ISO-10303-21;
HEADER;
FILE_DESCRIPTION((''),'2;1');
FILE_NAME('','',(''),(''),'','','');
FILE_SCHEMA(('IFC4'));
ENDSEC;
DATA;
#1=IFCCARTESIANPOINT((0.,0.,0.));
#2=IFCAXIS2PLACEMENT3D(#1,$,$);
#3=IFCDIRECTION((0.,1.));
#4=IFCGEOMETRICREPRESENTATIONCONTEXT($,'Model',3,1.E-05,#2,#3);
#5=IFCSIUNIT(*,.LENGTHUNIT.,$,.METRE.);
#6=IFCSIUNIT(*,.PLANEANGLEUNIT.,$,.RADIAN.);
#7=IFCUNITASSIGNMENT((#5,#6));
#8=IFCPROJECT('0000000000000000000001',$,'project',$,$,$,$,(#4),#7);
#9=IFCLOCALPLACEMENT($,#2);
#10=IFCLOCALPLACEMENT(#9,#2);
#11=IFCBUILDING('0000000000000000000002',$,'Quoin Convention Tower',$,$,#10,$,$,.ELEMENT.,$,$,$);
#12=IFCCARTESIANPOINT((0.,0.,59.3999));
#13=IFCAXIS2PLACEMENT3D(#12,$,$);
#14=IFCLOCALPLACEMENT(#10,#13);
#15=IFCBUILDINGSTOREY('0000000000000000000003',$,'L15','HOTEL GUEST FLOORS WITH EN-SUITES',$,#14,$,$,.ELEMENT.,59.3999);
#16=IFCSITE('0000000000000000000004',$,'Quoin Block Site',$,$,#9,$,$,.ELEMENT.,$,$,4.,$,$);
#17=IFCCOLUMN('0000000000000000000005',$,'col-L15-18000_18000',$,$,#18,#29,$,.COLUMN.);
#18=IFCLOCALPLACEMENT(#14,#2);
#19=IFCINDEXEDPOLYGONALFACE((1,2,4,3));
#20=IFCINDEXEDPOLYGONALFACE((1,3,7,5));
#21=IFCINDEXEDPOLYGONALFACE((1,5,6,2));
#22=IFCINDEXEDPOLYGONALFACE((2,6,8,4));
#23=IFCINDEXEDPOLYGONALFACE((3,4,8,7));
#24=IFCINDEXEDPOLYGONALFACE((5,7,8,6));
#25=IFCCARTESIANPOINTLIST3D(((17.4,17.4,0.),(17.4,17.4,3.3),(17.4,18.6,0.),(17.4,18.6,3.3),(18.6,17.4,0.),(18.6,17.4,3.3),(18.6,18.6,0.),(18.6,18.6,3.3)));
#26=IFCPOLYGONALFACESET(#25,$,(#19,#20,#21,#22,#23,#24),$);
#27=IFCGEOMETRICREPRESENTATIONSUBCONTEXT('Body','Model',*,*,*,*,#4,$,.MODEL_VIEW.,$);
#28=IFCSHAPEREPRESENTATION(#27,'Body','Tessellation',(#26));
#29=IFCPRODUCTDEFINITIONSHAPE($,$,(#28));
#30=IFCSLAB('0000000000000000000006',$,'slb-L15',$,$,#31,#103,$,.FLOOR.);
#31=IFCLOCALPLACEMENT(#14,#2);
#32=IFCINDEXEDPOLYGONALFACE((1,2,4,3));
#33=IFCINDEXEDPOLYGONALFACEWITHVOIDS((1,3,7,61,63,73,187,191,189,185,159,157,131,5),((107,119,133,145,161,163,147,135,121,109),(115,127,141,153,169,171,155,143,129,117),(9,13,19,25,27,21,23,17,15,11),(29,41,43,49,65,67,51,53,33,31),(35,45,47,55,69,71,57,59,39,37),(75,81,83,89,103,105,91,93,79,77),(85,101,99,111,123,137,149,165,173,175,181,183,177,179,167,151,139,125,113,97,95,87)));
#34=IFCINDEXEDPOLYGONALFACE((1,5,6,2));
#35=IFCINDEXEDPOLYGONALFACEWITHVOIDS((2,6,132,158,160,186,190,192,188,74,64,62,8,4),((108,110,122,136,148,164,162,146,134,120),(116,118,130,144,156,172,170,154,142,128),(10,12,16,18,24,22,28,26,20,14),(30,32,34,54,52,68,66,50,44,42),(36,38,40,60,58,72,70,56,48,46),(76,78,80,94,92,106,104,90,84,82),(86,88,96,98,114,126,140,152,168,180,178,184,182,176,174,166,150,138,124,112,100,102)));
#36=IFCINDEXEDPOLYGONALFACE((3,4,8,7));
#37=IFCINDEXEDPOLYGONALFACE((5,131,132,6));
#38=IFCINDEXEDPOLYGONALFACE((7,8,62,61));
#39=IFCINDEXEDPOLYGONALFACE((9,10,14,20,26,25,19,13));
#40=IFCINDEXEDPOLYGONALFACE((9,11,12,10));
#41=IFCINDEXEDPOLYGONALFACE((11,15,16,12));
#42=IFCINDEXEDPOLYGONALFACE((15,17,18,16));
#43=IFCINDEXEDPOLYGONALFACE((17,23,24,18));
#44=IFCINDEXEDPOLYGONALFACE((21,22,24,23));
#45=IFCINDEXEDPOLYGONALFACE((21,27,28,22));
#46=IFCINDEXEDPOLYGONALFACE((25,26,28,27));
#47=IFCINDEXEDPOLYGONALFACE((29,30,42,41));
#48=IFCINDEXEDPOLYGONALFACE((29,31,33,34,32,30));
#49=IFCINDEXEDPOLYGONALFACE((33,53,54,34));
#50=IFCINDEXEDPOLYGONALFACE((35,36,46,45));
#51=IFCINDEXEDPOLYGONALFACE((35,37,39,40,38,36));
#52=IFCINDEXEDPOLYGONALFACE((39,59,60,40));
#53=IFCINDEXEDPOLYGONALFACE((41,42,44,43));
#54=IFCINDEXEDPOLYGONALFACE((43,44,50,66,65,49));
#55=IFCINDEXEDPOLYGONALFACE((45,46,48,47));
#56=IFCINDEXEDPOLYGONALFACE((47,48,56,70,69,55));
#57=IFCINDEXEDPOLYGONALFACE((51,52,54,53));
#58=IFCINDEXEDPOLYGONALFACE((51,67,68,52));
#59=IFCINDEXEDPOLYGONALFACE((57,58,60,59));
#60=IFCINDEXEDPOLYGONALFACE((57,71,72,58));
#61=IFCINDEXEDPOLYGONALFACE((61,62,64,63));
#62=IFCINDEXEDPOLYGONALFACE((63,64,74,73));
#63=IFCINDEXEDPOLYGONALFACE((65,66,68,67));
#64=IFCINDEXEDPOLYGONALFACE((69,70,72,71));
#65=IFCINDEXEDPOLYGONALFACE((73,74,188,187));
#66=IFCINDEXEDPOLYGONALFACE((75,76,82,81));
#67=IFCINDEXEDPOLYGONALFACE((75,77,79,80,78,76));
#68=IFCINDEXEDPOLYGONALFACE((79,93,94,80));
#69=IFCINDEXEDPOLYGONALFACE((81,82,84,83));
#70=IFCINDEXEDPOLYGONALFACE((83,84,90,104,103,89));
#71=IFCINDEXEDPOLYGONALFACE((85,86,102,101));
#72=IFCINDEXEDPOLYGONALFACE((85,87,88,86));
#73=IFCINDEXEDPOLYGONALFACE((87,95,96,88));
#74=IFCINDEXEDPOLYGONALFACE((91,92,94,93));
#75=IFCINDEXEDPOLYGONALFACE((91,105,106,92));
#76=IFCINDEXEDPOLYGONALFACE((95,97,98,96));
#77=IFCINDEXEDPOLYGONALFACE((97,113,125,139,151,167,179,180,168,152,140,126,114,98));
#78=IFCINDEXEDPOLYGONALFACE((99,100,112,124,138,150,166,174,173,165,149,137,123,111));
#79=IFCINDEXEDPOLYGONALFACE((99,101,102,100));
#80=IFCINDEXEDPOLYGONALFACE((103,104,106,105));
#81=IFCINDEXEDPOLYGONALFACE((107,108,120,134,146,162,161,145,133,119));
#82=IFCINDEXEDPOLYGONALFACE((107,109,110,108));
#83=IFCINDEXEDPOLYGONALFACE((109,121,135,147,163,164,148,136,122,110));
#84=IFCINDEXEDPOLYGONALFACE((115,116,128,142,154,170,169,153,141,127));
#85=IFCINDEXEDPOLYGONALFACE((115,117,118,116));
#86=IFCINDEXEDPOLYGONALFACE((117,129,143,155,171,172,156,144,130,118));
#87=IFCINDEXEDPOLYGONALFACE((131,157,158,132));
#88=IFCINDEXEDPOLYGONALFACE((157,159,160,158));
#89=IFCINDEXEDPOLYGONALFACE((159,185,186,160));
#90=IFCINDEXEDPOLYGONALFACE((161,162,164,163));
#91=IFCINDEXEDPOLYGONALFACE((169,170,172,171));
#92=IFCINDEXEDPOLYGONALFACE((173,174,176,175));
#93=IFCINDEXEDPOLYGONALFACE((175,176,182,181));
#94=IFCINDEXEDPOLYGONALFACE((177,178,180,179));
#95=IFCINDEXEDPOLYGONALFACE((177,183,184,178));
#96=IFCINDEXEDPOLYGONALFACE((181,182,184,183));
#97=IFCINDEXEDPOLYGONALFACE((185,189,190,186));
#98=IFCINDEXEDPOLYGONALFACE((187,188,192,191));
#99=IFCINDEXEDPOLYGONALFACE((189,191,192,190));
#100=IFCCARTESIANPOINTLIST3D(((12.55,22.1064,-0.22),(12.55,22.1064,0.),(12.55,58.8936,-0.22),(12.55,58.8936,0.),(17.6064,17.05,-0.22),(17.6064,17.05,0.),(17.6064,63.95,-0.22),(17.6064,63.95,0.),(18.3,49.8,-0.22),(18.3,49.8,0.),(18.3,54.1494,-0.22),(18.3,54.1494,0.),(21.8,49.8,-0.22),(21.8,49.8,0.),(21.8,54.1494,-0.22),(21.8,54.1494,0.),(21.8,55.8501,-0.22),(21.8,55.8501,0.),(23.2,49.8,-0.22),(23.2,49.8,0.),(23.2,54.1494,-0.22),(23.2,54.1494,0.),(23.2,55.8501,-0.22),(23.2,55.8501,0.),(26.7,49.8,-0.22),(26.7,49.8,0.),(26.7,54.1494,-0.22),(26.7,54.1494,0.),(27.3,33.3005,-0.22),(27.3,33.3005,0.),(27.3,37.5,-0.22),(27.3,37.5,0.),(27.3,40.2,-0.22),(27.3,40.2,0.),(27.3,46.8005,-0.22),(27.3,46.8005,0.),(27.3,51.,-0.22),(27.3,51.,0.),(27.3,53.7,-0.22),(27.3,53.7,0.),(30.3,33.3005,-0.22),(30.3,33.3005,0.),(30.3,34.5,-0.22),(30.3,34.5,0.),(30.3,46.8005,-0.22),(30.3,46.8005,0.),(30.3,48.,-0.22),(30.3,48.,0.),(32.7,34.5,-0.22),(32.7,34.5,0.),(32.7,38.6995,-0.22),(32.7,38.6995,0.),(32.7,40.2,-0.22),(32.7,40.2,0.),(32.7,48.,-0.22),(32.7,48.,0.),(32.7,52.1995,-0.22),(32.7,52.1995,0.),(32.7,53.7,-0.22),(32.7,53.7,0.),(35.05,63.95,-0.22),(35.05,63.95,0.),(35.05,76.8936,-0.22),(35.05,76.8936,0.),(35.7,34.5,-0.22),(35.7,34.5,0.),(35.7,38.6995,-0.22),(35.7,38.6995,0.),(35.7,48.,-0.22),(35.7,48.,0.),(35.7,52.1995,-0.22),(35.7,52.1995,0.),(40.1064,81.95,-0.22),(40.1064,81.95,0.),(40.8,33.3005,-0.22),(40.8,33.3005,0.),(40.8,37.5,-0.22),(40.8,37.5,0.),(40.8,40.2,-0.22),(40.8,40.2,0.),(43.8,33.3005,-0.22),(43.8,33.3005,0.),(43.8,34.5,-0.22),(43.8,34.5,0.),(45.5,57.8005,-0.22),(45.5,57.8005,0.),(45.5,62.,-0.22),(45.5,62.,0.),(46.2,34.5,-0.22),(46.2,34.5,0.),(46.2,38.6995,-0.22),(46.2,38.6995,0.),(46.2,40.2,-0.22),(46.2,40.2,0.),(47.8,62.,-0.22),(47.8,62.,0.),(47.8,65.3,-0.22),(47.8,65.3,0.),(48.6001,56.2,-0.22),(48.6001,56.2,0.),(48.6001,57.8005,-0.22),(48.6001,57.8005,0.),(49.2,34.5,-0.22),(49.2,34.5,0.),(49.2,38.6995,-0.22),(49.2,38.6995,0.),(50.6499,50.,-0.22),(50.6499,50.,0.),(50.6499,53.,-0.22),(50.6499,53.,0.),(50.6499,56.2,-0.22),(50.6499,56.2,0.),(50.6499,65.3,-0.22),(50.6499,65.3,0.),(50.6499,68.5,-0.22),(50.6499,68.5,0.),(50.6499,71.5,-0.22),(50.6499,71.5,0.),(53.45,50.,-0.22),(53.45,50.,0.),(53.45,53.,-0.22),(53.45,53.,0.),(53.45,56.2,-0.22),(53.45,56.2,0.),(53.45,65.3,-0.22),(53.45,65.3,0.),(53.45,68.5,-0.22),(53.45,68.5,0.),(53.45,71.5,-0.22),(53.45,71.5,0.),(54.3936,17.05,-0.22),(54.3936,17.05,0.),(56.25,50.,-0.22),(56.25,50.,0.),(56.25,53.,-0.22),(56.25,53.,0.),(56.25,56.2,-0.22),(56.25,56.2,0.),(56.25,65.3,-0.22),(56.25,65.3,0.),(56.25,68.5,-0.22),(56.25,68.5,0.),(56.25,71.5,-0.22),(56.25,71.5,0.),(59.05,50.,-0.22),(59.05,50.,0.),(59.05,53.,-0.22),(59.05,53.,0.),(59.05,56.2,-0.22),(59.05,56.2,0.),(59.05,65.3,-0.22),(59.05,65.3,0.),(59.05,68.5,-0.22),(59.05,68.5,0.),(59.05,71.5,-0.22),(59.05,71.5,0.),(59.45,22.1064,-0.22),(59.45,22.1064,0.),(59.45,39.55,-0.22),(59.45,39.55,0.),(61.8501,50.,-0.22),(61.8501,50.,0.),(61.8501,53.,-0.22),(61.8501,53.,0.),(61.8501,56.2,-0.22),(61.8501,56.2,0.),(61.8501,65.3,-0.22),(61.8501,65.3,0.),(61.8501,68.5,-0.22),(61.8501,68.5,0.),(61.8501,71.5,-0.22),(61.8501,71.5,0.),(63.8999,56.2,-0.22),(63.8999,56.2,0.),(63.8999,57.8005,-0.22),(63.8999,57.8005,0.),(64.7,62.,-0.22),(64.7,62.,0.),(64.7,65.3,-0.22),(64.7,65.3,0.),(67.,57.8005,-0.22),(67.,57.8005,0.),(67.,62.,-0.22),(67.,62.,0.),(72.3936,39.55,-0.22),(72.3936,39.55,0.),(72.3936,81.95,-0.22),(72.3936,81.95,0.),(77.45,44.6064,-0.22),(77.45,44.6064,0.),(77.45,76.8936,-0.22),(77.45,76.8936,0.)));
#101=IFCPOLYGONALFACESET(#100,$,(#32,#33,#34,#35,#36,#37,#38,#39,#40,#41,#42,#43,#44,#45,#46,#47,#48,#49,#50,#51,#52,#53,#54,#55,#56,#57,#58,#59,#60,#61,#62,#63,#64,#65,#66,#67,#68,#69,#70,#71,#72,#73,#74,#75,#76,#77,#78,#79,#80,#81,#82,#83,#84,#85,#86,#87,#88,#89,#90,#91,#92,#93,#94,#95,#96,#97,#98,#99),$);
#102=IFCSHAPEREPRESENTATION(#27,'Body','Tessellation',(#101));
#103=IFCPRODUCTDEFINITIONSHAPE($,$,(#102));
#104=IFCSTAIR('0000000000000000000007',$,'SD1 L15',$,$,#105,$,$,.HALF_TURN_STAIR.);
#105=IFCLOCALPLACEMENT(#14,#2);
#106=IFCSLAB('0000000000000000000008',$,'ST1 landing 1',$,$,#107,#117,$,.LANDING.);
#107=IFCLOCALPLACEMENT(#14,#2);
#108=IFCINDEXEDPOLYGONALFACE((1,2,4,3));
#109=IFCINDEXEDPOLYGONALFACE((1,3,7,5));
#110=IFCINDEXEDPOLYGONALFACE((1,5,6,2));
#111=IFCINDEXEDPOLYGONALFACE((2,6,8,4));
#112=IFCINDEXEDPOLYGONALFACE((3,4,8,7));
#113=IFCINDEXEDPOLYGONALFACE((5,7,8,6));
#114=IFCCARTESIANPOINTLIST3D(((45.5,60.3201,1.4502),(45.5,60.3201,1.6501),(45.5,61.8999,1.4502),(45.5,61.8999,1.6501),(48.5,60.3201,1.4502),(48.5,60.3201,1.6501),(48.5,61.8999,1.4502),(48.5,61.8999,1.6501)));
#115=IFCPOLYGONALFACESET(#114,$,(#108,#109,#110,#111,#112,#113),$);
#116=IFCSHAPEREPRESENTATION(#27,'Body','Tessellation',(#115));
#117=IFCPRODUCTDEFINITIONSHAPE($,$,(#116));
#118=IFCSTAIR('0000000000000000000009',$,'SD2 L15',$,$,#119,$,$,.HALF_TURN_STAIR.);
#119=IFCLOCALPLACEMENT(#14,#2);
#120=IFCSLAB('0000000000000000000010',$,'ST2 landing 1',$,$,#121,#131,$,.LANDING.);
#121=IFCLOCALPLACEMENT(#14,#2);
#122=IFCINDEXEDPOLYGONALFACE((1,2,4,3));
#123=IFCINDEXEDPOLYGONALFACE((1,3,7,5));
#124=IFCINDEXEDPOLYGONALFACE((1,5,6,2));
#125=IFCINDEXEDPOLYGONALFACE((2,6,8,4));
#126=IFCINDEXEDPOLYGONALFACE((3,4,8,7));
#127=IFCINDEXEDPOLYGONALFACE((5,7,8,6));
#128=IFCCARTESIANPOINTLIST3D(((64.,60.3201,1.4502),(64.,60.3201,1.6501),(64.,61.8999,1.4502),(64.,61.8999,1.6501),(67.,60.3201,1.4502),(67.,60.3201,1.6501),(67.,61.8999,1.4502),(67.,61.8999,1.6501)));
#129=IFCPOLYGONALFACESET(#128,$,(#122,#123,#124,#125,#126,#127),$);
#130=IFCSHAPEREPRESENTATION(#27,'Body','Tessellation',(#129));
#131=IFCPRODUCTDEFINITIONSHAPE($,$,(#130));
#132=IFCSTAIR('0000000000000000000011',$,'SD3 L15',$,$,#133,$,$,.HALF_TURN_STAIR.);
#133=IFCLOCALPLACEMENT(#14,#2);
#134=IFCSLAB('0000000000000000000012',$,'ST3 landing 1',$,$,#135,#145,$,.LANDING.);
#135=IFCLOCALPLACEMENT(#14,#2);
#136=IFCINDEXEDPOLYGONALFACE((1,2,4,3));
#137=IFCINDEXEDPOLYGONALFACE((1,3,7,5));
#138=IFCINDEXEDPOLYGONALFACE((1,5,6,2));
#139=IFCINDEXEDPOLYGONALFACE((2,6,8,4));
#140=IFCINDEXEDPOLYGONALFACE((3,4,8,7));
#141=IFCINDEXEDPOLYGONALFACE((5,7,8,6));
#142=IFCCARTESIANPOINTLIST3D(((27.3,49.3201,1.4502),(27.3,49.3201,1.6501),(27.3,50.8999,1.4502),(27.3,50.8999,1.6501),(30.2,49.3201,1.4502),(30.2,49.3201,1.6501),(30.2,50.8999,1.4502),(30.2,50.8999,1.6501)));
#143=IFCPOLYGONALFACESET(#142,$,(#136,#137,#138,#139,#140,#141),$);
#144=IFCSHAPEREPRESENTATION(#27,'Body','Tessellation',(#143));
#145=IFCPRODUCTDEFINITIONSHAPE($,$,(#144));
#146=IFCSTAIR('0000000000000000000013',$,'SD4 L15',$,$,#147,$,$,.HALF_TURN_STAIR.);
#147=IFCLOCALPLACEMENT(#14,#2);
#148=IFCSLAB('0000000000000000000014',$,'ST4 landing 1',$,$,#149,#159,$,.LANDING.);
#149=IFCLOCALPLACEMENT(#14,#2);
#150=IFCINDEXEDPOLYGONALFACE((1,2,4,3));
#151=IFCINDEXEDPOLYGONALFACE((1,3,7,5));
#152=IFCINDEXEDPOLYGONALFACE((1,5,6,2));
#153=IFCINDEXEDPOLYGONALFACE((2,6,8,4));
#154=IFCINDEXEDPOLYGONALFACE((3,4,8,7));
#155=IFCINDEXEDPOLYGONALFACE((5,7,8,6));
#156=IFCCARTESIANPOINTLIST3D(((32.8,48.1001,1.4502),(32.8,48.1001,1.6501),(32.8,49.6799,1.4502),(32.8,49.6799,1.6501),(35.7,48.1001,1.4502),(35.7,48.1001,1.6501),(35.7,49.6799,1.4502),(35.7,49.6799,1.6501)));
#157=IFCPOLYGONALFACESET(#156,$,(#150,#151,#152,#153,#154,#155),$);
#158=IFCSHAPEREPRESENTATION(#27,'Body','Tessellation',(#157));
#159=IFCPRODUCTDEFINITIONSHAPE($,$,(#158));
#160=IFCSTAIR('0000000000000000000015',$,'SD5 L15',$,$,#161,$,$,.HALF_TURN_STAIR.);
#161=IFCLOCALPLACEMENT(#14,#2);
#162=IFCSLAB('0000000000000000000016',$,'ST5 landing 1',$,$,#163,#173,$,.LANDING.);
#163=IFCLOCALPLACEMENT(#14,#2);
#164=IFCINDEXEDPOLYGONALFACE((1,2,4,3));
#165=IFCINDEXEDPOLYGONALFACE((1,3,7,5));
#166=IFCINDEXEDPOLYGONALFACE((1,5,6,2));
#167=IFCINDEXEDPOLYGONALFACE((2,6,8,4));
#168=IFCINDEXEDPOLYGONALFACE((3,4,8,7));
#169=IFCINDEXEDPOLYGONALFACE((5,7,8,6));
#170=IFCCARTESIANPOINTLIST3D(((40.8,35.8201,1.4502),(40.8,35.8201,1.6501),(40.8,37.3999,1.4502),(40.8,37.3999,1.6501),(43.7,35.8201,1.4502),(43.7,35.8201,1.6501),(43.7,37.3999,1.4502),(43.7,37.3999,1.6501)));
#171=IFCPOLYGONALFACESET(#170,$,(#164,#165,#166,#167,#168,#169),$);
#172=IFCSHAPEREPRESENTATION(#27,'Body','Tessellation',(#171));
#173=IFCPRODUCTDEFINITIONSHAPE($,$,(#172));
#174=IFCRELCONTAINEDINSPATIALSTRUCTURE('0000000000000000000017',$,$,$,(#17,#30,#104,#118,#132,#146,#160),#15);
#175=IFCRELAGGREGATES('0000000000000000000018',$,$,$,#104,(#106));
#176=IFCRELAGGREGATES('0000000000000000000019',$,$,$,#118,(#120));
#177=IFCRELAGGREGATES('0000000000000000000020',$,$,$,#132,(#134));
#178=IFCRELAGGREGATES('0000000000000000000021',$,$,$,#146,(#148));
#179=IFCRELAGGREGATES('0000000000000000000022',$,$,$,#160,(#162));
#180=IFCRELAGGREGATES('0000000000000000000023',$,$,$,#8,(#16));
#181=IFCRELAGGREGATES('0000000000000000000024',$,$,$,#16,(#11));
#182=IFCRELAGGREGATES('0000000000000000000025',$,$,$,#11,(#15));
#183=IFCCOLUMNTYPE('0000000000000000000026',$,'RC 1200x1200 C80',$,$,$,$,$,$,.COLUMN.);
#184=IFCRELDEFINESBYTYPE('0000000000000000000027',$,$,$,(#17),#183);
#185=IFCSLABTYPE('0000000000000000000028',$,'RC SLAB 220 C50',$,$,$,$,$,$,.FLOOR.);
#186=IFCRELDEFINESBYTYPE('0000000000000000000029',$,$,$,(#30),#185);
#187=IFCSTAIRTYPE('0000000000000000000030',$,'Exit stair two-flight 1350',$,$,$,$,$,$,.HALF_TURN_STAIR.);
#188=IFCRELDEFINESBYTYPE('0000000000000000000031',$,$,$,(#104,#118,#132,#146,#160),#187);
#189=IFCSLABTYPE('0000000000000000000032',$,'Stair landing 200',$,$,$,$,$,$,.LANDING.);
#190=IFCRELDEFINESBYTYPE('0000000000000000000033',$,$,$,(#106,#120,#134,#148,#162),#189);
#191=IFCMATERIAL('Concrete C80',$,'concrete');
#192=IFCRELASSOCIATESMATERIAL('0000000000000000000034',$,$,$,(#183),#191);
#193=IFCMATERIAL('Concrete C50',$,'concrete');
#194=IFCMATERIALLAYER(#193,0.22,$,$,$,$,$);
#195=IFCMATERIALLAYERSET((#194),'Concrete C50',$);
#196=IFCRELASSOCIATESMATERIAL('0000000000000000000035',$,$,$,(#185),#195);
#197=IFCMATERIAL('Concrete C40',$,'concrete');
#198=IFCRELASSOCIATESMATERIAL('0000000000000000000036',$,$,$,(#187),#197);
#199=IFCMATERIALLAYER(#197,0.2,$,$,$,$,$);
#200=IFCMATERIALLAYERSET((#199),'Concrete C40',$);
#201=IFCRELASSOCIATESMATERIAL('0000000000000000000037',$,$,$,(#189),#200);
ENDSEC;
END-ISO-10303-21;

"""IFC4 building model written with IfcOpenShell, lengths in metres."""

from ifc_helpers import new_model, si_unit, direction, frame, origin, origin_2d, place, context, subcontext, project, spatial, polyline, rectangle, outline, extrude, material, layer, layer_set, material_profile, profile_set, type_object, element, aggregate, save


model = new_model("IFC4")

# Units and contexts
model_context = context("Model", 3, precision=1e-05, world=origin(), true_north=direction((0.0, 1.0)))
body_context = subcontext(model_context, "Body", "Model", "MODEL_VIEW")
ifc_project = project(units=[si_unit("LENGTHUNIT", "METRE"), si_unit("PLANEANGLEUNIT", "RADIAN")], contexts=[model_context])

# Site, building, storey
site_placement = place(None, origin())
site = spatial("IfcSite", under=ifc_project, at=site_placement, Name="Quoin Block Site", CompositionType="ELEMENT", RefElevation=4.0)
building_placement = place(site_placement, origin())
building = spatial("IfcBuilding", under=site, at=building_placement, Name="Quoin Convention Tower", CompositionType="ELEMENT")
storey_placement = place(building_placement, frame((0.0, 0.0, 59.3999)))
storey = spatial("IfcBuildingStorey", under=building, at=storey_placement, Name="L15", Description="HOTEL GUEST FLOORS WITH EN-SUITES", CompositionType="ELEMENT", Elevation=59.3999)

# Column
ifc_material_1 = material(Name="Concrete C80", Category="concrete")
ifc_material_profile = material_profile(ifc_material_1, rectangle(XDim=1.2, YDim=1.2, at=origin_2d()), Name="RC 1200x1200")
ifc_profile_set = profile_set([ifc_material_profile], Name="Concrete C80")
column_type = type_object("IfcColumnType", Name="RC 1200x1200 C80", PredefinedType="COLUMN", material=ifc_profile_set)
column_placement = place(storey_placement, frame((18.0, 18.0, 0.0), z_axis=(0.0, 0.0, 1.0), x_axis=(1.0, 0.0, 0.0)))
element("IfcColumn", 1, at=column_placement, inside=storey, type_object=column_type, Name="col-L15-18000_18000", PredefinedType="COLUMN", context=body_context, shape_type="SweptSolid", body=[
    extrude(rectangle(XDim=1.2, YDim=1.2, at=origin_2d()), origin(), (0.0, 0.0, 1.0), 3.3),
])

# Slab
ifc_material_2 = material(Name="Concrete C50", Category="concrete")
ifc_layer_1 = layer(ifc_material_2, 0.22)
ifc_layer_set_1 = layer_set([ifc_layer_1], Name="Concrete C50")
slab_type_1 = type_object("IfcSlabType", Name="RC SLAB 220 C50", PredefinedType="FLOOR", material=ifc_layer_set_1)
slab_1_placement = place(storey_placement, frame((0.0, 0.0, -0.22)))
element("IfcSlab", 2, at=slab_1_placement, inside=storey, type_object=slab_type_1, Name="slb-L15", PredefinedType="FLOOR", context=body_context, shape_type="SweptSolid", body=[
    extrude(outline(polyline([(12.55, 58.8936), (17.6064, 63.95), (35.05, 63.95), (35.05, 76.8936), (40.1064, 81.95), (72.3936, 81.95), (77.45, 76.8936), (77.45, 44.6064), (72.3936, 39.55), (59.45, 39.55), (59.45, 22.1064), (54.3936, 17.05), (17.6064, 17.05), (12.55, 22.1064), (12.55, 58.8936)]), holes=[polyline([(30.3, 33.3005), (30.3, 34.5), (32.7, 34.5), (35.7, 34.5), (35.7, 38.6995), (32.7, 38.6995), (32.7, 40.2), (27.3, 40.2), (27.3, 37.5), (27.3, 33.3005), (30.3, 33.3005)]), polyline([(43.8, 33.3005), (43.8, 34.5), (46.2, 34.5), (49.2, 34.5), (49.2, 38.6995), (46.2, 38.6995), (46.2, 40.2), (40.8, 40.2), (40.8, 37.5), (40.8, 33.3005), (43.8, 33.3005)]), polyline([(27.3, 46.8005), (30.3, 46.8005), (30.3, 48.0), (32.7, 48.0), (35.7, 48.0), (35.7, 52.1995), (32.7, 52.1995), (32.7, 53.7), (27.3, 53.7), (27.3, 51.0), (27.3, 46.8005)]), polyline([(53.45, 50.0), (56.25, 50.0), (59.05, 50.0), (61.8501, 50.0), (61.8501, 53.0), (59.05, 53.0), (56.25, 53.0), (53.45, 53.0), (50.6499, 53.0), (50.6499, 50.0), (53.45, 50.0)]), polyline([(23.2, 49.8), (26.7, 49.8), (26.7, 54.1494), (23.2, 54.1494), (23.2, 55.8501), (21.8, 55.8501), (21.8, 54.1494), (18.3, 54.1494), (18.3, 49.8), (21.8, 49.8), (23.2, 49.8)]), polyline([(45.5, 57.8005), (48.6001, 57.8005), (48.6001, 56.2), (50.6499, 56.2), (53.45, 56.2), (56.25, 56.2), (59.05, 56.2), (61.8501, 56.2), (63.8999, 56.2), (63.8999, 57.8005), (67.0, 57.8005), (67.0, 62.0), (64.7, 62.0), (64.7, 65.3), (61.8501, 65.3), (59.05, 65.3), (56.25, 65.3), (53.45, 65.3), (50.6499, 65.3), (47.8, 65.3), (47.8, 62.0), (45.5, 62.0), (45.5, 57.8005)]), polyline([(59.05, 68.5), (61.8501, 68.5), (61.8501, 71.5), (59.05, 71.5), (56.25, 71.5), (53.45, 71.5), (50.6499, 71.5), (50.6499, 68.5), (53.45, 68.5), (56.25, 68.5), (59.05, 68.5)])]), origin(), (0.0, 0.0, 1.0), 0.22),
])

# Stairs, slabs
ifc_material_3 = material(Name="Concrete C40", Category="concrete")
stair_type_1 = type_object("IfcStairType", Name="Exit stair two-flight 1350", PredefinedType="HALF_TURN_STAIR", material=ifc_material_3)
stair_1_placement = place(storey_placement, origin())
stair_1 = element("IfcStair", 3, at=stair_1_placement, inside=storey, type_object=stair_type_1, Name="SD1 L15", PredefinedType="HALF_TURN_STAIR")
ifc_layer_2 = layer(ifc_material_3, 0.2)
ifc_layer_set_2 = layer_set([ifc_layer_2], Name="Concrete C40")
slab_type_2 = type_object("IfcSlabType", Name="Stair landing 200", PredefinedType="LANDING", material=ifc_layer_set_2)
slab_2_placement = place(storey_placement, frame((0.0, 0.0, 1.4502)))
slab_2 = element("IfcSlab", 4, at=slab_2_placement, type_object=slab_type_2, Name="ST1 landing 1", PredefinedType="LANDING", context=body_context, shape_type="SweptSolid", body=[
    extrude(outline(polyline([(45.5, 60.3201), (48.5, 60.3201), (48.5, 61.8999), (45.5, 61.8999), (45.5, 60.3201)])), origin(), (0.0, 0.0, 1.0), 0.2),
])
aggregate(stair_1, [slab_2])
stair_2_placement = place(storey_placement, origin())
stair_2 = element("IfcStair", 5, at=stair_2_placement, inside=storey, type_object=stair_type_1, Name="SD2 L15", PredefinedType="HALF_TURN_STAIR")
slab_3_placement = place(storey_placement, frame((0.0, 0.0, 1.4502)))
slab_3 = element("IfcSlab", 6, at=slab_3_placement, type_object=slab_type_2, Name="ST2 landing 1", PredefinedType="LANDING", context=body_context, shape_type="SweptSolid", body=[
    extrude(outline(polyline([(64.0, 60.3201), (67.0, 60.3201), (67.0, 61.8999), (64.0, 61.8999), (64.0, 60.3201)])), origin(), (0.0, 0.0, 1.0), 0.2),
])
aggregate(stair_2, [slab_3])
stair_3_placement = place(storey_placement, origin())
stair_3 = element("IfcStair", 7, at=stair_3_placement, inside=storey, type_object=stair_type_1, Name="SD3 L15", PredefinedType="HALF_TURN_STAIR")
slab_4_placement = place(storey_placement, frame((0.0, 0.0, 1.4502)))
slab_4 = element("IfcSlab", 8, at=slab_4_placement, type_object=slab_type_2, Name="ST3 landing 1", PredefinedType="LANDING", context=body_context, shape_type="SweptSolid", body=[
    extrude(outline(polyline([(27.3, 49.3201), (30.2, 49.3201), (30.2, 50.8999), (27.3, 50.8999), (27.3, 49.3201)])), origin(), (0.0, 0.0, 1.0), 0.2),
])
aggregate(stair_3, [slab_4])
stair_4_placement = place(storey_placement, origin())
stair_4 = element("IfcStair", 9, at=stair_4_placement, inside=storey, type_object=stair_type_1, Name="SD4 L15", PredefinedType="HALF_TURN_STAIR")
slab_5_placement = place(storey_placement, frame((0.0, 0.0, 1.4502)))
slab_5 = element("IfcSlab", 10, at=slab_5_placement, type_object=slab_type_2, Name="ST4 landing 1", PredefinedType="LANDING", context=body_context, shape_type="SweptSolid", body=[
    extrude(outline(polyline([(35.7, 49.6799), (32.8, 49.6799), (32.8, 48.1001), (35.7, 48.1001), (35.7, 49.6799)])), origin(), (0.0, 0.0, 1.0), 0.2),
])
aggregate(stair_4, [slab_5])
stair_5_placement = place(storey_placement, origin())
stair_5 = element("IfcStair", 11, at=stair_5_placement, inside=storey, type_object=stair_type_1, Name="SD5 L15", PredefinedType="HALF_TURN_STAIR")
slab_6_placement = place(storey_placement, frame((0.0, 0.0, 1.4502)))
slab_6 = element("IfcSlab", 12, at=slab_6_placement, type_object=slab_type_2, Name="ST5 landing 1", PredefinedType="LANDING", context=body_context, shape_type="SweptSolid", body=[
    extrude(outline(polyline([(40.8, 35.8201), (43.7, 35.8201), (43.7, 37.3999), (40.8, 37.3999), (40.8, 35.8201)])), origin(), (0.0, 0.0, 1.0), 0.2),
])
aggregate(stair_5, [slab_6])

save(model, "model.ifc")
